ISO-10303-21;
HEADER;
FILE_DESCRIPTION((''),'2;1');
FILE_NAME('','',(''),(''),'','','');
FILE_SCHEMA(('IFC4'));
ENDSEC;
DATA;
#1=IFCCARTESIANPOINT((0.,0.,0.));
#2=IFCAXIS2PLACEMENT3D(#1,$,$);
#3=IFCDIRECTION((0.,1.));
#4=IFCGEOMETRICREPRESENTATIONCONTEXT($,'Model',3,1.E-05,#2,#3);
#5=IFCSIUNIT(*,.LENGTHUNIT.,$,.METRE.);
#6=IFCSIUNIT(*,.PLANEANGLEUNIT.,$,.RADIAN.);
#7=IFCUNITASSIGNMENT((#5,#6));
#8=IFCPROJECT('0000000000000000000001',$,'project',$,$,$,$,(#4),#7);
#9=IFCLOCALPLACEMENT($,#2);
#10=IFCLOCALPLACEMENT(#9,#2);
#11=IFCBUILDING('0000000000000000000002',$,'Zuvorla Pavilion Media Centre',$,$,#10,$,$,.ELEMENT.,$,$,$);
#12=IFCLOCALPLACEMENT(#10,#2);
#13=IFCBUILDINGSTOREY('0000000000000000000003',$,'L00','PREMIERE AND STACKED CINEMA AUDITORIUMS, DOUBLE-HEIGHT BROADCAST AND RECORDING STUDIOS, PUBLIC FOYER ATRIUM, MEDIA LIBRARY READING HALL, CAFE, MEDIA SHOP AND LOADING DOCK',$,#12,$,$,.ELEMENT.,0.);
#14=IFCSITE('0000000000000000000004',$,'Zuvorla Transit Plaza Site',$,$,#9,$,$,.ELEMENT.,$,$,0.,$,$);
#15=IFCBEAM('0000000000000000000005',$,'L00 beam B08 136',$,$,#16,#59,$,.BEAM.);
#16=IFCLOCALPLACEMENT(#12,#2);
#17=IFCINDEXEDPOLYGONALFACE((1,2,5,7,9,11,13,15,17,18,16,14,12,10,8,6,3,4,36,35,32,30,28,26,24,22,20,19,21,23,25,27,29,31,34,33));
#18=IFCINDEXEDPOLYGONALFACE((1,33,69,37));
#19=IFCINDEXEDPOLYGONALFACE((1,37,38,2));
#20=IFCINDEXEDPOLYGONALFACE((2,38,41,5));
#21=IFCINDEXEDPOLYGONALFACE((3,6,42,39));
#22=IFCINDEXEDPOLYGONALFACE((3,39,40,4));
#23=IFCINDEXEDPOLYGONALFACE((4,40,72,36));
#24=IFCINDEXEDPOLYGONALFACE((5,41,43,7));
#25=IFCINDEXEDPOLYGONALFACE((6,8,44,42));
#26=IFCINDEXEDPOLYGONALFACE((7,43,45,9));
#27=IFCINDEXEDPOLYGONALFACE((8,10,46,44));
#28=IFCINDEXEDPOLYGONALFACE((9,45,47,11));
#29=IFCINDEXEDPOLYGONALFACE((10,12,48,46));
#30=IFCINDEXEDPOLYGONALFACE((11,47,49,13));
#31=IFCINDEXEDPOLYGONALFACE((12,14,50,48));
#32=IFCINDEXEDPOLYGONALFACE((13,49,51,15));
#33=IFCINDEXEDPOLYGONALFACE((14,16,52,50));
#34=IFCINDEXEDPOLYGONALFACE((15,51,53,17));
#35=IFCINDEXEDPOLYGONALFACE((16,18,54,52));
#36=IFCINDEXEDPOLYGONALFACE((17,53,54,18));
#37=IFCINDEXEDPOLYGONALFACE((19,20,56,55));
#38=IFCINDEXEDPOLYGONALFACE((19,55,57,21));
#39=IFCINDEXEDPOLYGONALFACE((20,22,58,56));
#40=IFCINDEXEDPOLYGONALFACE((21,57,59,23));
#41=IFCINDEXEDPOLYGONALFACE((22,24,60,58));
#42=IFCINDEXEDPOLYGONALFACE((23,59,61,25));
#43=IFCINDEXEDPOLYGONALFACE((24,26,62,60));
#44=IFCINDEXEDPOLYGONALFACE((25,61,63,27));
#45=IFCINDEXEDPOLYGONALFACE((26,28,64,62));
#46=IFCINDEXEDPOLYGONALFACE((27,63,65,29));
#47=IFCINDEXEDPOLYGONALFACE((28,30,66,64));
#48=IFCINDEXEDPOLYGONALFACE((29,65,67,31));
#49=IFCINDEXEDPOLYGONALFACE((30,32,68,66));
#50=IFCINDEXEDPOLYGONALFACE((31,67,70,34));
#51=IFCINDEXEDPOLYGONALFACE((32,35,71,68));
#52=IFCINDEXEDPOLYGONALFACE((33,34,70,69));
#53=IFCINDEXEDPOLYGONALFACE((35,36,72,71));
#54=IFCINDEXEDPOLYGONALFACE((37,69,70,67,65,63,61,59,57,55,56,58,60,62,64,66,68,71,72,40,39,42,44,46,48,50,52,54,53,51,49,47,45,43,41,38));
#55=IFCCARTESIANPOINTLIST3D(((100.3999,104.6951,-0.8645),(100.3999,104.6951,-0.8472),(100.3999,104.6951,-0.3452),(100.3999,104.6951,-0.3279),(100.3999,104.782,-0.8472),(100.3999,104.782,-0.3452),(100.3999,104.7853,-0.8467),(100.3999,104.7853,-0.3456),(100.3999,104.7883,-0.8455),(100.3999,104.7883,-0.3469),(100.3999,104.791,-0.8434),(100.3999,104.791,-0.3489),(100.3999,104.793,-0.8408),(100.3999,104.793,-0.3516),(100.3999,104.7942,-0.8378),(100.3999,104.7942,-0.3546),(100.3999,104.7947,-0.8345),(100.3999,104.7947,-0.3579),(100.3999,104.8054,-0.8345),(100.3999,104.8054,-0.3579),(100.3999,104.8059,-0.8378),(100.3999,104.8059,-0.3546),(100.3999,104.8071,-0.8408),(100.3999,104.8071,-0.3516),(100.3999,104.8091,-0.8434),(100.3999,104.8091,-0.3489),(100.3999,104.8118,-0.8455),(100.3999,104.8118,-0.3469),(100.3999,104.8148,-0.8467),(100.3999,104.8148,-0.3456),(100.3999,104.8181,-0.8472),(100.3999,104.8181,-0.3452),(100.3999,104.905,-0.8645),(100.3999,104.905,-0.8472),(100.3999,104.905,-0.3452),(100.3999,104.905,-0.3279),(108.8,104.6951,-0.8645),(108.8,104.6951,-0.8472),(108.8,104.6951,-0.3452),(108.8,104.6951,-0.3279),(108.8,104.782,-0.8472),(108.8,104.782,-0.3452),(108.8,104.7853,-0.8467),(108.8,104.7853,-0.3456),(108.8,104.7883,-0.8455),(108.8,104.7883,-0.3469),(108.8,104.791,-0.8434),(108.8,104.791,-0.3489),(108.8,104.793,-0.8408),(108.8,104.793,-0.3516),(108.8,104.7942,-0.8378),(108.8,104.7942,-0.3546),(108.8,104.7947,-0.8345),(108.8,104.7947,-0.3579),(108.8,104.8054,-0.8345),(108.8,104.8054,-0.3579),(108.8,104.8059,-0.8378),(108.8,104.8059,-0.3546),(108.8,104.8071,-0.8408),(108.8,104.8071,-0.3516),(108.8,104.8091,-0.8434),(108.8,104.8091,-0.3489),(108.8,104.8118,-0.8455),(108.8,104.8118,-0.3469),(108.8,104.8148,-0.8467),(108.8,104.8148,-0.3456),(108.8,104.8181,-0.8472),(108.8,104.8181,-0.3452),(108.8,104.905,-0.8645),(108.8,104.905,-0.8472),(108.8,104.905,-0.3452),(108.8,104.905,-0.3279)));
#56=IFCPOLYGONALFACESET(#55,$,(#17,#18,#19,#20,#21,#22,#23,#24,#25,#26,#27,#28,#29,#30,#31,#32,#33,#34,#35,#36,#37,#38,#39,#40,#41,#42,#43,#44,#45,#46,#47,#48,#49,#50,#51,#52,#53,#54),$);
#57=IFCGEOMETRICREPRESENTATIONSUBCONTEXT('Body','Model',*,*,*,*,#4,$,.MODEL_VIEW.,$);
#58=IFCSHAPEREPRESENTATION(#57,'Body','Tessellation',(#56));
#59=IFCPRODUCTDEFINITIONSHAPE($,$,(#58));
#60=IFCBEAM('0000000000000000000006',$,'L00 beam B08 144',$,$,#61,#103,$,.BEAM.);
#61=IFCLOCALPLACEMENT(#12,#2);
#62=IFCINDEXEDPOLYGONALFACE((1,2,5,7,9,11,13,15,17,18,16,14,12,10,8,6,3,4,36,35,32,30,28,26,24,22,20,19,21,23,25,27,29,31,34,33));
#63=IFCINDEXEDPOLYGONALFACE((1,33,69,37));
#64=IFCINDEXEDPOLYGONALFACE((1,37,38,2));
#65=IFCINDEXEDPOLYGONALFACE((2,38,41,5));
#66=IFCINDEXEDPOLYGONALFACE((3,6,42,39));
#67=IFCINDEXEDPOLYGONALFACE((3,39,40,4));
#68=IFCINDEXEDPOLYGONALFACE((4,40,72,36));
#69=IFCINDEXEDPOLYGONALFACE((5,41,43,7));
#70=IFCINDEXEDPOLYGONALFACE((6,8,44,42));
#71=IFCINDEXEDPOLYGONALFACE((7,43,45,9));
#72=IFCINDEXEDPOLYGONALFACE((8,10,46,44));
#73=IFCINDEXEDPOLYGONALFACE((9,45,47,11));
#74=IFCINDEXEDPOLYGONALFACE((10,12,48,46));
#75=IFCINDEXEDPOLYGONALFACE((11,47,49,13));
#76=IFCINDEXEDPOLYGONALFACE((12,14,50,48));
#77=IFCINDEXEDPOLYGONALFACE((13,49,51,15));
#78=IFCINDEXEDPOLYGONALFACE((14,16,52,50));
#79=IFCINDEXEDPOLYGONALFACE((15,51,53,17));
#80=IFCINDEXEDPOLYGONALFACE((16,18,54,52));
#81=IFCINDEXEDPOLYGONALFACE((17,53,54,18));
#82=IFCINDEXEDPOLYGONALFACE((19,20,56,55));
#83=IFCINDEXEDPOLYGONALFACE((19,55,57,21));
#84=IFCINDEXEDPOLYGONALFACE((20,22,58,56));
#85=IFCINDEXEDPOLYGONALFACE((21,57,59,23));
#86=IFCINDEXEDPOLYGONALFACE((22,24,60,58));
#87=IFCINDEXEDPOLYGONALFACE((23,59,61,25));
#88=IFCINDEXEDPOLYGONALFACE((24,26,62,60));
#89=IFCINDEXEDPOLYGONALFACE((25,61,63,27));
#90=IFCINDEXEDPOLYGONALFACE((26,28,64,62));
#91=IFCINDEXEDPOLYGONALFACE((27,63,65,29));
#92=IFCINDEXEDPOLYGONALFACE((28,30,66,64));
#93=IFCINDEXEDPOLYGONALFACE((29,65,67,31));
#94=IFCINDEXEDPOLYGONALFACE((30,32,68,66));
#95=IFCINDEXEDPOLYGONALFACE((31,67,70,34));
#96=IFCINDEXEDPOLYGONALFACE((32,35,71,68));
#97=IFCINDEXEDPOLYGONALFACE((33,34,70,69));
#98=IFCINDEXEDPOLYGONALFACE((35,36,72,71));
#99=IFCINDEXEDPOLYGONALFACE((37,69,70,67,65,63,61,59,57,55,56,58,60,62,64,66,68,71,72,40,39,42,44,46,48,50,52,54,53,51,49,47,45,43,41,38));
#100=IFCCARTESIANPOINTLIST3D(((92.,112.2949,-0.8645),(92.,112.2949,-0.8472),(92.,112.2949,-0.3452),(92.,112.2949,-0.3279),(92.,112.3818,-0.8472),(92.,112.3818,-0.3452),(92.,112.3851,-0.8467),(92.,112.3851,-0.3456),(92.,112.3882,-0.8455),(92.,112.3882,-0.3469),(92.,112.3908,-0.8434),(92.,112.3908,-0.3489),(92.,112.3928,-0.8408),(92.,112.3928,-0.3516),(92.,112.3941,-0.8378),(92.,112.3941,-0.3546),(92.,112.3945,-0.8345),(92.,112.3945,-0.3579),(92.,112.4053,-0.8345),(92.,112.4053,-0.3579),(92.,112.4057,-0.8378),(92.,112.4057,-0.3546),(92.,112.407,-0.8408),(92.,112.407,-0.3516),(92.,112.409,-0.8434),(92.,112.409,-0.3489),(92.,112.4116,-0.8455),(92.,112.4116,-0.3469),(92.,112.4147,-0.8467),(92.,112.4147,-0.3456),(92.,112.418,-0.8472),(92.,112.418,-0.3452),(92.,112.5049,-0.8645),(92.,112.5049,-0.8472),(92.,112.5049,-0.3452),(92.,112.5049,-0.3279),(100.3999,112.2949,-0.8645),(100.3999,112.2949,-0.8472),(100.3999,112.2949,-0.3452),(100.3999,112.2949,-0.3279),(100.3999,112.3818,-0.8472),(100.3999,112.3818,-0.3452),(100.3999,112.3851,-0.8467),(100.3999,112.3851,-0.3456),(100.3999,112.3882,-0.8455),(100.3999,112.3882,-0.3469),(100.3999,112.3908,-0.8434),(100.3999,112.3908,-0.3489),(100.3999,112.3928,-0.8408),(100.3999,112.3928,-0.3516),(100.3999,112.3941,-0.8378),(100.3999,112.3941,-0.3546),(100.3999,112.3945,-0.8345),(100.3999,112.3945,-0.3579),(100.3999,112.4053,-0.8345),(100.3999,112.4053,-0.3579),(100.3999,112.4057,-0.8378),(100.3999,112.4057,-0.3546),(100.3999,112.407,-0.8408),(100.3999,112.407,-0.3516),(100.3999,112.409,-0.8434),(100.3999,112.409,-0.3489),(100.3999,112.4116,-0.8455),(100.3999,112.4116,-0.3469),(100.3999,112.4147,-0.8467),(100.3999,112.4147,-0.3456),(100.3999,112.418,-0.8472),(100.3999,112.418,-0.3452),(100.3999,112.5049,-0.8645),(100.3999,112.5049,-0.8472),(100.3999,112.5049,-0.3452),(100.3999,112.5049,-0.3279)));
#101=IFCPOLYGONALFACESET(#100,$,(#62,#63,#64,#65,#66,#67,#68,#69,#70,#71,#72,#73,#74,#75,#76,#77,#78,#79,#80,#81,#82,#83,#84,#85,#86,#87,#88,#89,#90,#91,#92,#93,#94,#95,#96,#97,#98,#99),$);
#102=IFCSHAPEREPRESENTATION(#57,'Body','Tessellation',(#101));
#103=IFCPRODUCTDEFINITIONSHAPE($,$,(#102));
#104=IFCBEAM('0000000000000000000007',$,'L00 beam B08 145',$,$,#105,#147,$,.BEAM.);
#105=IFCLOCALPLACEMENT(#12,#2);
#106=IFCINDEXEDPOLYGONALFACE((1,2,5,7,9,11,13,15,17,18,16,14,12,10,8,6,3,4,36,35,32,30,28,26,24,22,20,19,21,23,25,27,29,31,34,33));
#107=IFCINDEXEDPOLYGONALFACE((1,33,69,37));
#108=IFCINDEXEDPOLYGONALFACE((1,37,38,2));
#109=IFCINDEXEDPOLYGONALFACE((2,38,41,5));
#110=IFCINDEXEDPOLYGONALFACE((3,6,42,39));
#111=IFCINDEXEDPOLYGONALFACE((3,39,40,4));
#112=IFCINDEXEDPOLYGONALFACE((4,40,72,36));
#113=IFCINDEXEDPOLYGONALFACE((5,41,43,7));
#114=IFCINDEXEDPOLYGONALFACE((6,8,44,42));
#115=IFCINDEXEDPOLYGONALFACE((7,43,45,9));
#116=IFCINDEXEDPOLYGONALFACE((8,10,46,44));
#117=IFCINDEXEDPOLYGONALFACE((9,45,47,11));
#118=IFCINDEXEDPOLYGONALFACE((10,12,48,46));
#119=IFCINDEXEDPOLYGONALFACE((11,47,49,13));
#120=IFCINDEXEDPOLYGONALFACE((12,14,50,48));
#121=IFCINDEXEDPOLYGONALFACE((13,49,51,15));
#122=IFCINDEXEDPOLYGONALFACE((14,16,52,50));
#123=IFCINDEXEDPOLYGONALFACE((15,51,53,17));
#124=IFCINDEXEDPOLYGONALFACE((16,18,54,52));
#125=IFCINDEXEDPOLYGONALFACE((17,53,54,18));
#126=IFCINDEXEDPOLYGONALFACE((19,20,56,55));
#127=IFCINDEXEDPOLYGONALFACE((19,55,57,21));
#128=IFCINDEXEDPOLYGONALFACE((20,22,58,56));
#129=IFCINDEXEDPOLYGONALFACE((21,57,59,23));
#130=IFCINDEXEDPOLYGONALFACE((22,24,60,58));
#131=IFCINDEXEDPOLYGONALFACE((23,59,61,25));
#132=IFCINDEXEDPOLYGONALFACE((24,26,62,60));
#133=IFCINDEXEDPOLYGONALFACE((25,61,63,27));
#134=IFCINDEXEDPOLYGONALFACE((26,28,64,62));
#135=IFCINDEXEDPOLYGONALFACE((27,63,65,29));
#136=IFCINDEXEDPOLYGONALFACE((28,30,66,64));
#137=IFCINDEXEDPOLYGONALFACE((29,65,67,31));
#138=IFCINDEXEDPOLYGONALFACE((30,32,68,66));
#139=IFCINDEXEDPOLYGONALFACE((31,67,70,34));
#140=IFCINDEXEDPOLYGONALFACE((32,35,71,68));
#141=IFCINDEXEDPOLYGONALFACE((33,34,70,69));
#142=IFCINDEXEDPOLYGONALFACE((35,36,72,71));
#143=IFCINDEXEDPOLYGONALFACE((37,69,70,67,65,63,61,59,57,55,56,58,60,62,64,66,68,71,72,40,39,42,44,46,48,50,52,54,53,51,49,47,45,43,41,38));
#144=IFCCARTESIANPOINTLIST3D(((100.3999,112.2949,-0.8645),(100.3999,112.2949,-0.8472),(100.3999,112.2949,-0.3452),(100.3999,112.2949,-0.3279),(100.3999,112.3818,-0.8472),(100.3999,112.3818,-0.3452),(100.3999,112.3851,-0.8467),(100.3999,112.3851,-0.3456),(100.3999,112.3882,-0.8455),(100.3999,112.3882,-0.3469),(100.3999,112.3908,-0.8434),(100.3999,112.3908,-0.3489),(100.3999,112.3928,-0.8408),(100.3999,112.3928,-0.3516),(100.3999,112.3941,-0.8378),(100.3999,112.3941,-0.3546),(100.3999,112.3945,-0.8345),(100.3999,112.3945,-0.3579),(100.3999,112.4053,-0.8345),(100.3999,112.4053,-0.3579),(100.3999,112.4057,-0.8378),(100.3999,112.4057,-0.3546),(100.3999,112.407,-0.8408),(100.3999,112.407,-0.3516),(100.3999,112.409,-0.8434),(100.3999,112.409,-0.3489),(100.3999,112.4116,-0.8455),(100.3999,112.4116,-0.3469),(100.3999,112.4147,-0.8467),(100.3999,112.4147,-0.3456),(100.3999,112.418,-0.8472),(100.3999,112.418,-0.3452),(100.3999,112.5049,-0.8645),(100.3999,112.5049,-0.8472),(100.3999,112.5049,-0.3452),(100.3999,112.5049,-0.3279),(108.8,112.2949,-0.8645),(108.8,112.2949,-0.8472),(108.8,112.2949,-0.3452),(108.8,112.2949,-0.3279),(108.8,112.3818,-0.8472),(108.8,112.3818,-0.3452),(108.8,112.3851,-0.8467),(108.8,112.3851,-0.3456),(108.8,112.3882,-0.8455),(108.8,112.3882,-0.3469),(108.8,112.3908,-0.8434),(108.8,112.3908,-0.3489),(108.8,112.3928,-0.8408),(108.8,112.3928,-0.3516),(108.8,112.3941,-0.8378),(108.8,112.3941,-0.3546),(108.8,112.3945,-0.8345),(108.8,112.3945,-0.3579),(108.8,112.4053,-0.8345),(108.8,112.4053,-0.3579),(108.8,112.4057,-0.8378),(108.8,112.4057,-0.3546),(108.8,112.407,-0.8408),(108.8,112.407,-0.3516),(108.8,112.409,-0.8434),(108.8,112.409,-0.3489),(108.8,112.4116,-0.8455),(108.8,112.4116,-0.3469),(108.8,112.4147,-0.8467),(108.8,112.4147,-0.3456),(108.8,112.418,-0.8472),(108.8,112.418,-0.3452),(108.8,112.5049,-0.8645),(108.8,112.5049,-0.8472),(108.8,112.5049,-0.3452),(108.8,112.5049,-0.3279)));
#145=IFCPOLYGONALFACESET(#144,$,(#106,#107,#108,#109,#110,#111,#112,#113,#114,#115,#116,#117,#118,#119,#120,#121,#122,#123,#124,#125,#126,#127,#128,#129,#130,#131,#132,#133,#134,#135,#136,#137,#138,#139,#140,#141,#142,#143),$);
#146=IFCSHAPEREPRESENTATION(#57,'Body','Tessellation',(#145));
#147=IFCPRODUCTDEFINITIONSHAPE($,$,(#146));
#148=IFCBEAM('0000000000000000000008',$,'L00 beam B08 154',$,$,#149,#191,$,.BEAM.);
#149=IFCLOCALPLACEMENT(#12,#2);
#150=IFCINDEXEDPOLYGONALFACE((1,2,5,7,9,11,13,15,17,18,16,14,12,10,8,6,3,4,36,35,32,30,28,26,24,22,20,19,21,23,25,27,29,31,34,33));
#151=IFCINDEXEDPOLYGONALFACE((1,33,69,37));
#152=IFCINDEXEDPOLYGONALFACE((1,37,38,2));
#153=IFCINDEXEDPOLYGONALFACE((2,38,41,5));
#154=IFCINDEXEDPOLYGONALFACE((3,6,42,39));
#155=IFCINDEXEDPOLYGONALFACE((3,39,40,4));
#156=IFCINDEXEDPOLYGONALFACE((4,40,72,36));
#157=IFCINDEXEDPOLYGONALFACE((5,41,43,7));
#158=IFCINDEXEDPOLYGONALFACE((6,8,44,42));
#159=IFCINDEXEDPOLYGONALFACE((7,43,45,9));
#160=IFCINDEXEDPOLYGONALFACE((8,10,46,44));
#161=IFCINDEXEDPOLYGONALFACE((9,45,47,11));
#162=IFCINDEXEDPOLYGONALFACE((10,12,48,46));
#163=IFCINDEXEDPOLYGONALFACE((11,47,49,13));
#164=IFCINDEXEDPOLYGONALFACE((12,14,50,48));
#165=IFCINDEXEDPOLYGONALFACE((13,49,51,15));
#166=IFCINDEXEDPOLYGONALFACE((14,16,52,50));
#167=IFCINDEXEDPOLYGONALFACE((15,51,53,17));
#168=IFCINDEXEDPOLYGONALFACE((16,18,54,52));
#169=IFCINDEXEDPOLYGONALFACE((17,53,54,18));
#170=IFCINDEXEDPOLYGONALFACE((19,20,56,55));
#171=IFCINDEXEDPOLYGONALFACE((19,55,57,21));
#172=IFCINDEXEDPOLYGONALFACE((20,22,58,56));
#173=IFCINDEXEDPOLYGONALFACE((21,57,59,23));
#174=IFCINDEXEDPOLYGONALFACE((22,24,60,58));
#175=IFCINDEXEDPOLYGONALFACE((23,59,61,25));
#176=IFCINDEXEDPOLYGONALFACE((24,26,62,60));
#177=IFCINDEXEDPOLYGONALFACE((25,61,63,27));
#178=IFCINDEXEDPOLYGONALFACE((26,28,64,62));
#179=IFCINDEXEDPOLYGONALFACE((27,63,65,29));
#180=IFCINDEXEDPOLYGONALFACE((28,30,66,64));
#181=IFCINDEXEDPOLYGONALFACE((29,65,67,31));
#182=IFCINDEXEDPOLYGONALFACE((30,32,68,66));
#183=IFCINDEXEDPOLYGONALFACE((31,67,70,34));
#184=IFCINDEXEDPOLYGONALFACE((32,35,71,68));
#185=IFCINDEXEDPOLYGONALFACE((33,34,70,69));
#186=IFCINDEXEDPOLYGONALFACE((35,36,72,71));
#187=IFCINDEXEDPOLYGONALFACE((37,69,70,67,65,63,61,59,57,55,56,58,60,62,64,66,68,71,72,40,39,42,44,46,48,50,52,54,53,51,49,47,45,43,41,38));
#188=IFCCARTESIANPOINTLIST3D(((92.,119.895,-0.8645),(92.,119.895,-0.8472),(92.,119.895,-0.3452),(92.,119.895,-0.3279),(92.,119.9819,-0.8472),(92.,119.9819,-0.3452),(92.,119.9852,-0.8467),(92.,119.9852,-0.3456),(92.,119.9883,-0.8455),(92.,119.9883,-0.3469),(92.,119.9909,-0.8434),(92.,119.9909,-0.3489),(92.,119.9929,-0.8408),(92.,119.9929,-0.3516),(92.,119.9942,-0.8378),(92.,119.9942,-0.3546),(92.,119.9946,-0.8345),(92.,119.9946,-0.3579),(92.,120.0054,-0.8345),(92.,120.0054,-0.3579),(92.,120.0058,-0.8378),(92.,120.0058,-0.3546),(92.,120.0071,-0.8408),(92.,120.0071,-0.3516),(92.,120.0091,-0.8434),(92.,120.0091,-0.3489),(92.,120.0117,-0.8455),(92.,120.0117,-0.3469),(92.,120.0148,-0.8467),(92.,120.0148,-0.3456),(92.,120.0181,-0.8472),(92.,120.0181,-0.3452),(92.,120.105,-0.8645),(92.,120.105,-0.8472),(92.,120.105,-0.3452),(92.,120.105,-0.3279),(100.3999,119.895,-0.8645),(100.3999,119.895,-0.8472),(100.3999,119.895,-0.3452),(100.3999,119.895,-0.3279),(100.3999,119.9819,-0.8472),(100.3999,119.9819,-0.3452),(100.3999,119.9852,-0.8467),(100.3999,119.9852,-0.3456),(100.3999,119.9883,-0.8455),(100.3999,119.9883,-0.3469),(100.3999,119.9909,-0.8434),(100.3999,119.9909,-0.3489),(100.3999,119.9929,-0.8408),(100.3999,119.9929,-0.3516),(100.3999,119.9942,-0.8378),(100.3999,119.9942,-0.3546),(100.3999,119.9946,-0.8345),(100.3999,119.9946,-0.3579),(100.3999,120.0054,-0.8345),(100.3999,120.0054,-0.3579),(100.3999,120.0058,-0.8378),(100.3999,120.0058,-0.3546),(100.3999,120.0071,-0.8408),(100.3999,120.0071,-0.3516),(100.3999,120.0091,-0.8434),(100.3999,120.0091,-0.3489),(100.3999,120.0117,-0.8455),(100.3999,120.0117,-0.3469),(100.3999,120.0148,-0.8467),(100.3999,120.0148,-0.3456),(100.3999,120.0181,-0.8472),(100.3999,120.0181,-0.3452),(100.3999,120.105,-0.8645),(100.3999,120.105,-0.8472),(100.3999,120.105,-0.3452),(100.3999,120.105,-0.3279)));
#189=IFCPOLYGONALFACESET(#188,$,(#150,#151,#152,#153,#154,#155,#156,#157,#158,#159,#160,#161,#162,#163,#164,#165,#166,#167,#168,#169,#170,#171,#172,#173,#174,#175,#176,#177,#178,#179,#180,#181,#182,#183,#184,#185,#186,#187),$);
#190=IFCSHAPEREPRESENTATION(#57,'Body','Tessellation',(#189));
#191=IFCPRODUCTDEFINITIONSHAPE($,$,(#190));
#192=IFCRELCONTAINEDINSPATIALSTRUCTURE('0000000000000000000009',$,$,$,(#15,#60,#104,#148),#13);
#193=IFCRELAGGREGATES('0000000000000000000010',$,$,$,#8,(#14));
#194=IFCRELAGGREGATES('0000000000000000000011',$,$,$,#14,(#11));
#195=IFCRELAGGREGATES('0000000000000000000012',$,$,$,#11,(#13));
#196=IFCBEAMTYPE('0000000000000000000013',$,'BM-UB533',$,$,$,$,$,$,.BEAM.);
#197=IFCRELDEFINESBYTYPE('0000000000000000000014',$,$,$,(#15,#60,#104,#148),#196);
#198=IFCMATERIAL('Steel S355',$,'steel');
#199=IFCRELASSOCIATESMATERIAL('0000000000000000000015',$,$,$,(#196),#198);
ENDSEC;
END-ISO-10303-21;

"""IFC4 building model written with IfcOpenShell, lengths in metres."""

from ifc_helpers import new_model, si_unit, direction, frame, origin, origin_2d, place, context, subcontext, project, spatial, i_section, extrude, material, material_profile, profile_set, type_object, element, save


model = new_model("IFC4")

# Units and contexts
model_context = context("Model", 3, precision=1e-05, world=origin(), true_north=direction((0.0, 1.0)))
body_context = subcontext(model_context, "Body", "Model", "MODEL_VIEW")
ifc_project = project(units=[si_unit("LENGTHUNIT", "METRE"), si_unit("PLANEANGLEUNIT", "RADIAN")], contexts=[model_context])

# Site, building, storey
site_placement = place(None, origin())
site = spatial("IfcSite", under=ifc_project, at=site_placement, Name="Zuvorla Transit Plaza Site", CompositionType="ELEMENT", RefElevation=0.0)
building_placement = place(site_placement, origin())
building = spatial("IfcBuilding", under=site, at=building_placement, Name="Zuvorla Pavilion Media Centre", CompositionType="ELEMENT")
storey_placement = place(building_placement, origin())
storey = spatial("IfcBuildingStorey", under=building, at=storey_placement, Name="L00", Description="PREMIERE AND STACKED CINEMA AUDITORIUMS, DOUBLE-HEIGHT BROADCAST AND RECORDING STUDIOS, PUBLIC FOYER ATRIUM, MEDIA LIBRARY READING HALL, CAFE, MEDIA SHOP AND LOADING DOCK", CompositionType="ELEMENT", Elevation=0.0)

# Beams
ifc_material_1 = material(Name="Steel S355", Category="steel")
ifc_material_profile_1 = material_profile(ifc_material_1, i_section(OverallWidth=0.21, OverallDepth=0.5366, WebThickness=0.0107, FlangeThickness=0.0173, FilletRadius=0.0127, at=origin_2d()), Name="UB 533x210x101")
ifc_profile_set_1 = profile_set([ifc_material_profile_1], Name="Steel S355")
beam_type_1 = type_object("IfcBeamType", Name="BM-UB533", PredefinedType="BEAM", material=ifc_profile_set_1)
beam_1_placement = place(storey_placement, frame((100.3999, 104.8, -0.5962), z_axis=(1.0, 0.0, 0.0), x_axis=(0.0, 1.0, 0.0)))
element("IfcBeam", 1, at=beam_1_placement, inside=storey, type_object=beam_type_1, Name="L00 beam B08 136", PredefinedType="BEAM", context=body_context, shape_type="SweptSolid", body=[
    extrude(i_section(OverallWidth=0.21, OverallDepth=0.5366, WebThickness=0.0107, FlangeThickness=0.0173, FilletRadius=0.0127, at=origin_2d()), origin(), (0.0, 0.0, 1.0), 8.4001),
])
beam_2_placement = place(storey_placement, frame((92.0, 112.3999, -0.5962), z_axis=(1.0, 0.0, 0.0), x_axis=(0.0, 1.0, 0.0)))
element("IfcBeam", 2, at=beam_2_placement, inside=storey, type_object=beam_type_1, Name="L00 beam B08 144", PredefinedType="BEAM", context=body_context, shape_type="SweptSolid", body=[
    extrude(i_section(OverallWidth=0.21, OverallDepth=0.5366, WebThickness=0.0107, FlangeThickness=0.0173, FilletRadius=0.0127, at=origin_2d()), origin(), (0.0, 0.0, 1.0), 8.3999),
])
beam_3_placement = place(storey_placement, frame((100.3999, 112.3999, -0.5962), z_axis=(1.0, 0.0, 0.0), x_axis=(0.0, 1.0, 0.0)))
element("IfcBeam", 3, at=beam_3_placement, inside=storey, type_object=beam_type_1, Name="L00 beam B08 145", PredefinedType="BEAM", context=body_context, shape_type="SweptSolid", body=[
    extrude(i_section(OverallWidth=0.21, OverallDepth=0.5366, WebThickness=0.0107, FlangeThickness=0.0173, FilletRadius=0.0127, at=origin_2d()), origin(), (0.0, 0.0, 1.0), 8.4001),
])
beam_4_placement = place(storey_placement, frame((92.0, 120.0, -0.5962), z_axis=(1.0, 0.0, 0.0), x_axis=(0.0, 1.0, 0.0)))
element("IfcBeam", 4, at=beam_4_placement, inside=storey, type_object=beam_type_1, Name="L00 beam B08 154", PredefinedType="BEAM", context=body_context, shape_type="SweptSolid", body=[
    extrude(i_section(OverallWidth=0.21, OverallDepth=0.5366, WebThickness=0.0107, FlangeThickness=0.0173, FilletRadius=0.0127, at=origin_2d()), origin(), (0.0, 0.0, 1.0), 8.3999),
])

save(model, "model.ifc")
